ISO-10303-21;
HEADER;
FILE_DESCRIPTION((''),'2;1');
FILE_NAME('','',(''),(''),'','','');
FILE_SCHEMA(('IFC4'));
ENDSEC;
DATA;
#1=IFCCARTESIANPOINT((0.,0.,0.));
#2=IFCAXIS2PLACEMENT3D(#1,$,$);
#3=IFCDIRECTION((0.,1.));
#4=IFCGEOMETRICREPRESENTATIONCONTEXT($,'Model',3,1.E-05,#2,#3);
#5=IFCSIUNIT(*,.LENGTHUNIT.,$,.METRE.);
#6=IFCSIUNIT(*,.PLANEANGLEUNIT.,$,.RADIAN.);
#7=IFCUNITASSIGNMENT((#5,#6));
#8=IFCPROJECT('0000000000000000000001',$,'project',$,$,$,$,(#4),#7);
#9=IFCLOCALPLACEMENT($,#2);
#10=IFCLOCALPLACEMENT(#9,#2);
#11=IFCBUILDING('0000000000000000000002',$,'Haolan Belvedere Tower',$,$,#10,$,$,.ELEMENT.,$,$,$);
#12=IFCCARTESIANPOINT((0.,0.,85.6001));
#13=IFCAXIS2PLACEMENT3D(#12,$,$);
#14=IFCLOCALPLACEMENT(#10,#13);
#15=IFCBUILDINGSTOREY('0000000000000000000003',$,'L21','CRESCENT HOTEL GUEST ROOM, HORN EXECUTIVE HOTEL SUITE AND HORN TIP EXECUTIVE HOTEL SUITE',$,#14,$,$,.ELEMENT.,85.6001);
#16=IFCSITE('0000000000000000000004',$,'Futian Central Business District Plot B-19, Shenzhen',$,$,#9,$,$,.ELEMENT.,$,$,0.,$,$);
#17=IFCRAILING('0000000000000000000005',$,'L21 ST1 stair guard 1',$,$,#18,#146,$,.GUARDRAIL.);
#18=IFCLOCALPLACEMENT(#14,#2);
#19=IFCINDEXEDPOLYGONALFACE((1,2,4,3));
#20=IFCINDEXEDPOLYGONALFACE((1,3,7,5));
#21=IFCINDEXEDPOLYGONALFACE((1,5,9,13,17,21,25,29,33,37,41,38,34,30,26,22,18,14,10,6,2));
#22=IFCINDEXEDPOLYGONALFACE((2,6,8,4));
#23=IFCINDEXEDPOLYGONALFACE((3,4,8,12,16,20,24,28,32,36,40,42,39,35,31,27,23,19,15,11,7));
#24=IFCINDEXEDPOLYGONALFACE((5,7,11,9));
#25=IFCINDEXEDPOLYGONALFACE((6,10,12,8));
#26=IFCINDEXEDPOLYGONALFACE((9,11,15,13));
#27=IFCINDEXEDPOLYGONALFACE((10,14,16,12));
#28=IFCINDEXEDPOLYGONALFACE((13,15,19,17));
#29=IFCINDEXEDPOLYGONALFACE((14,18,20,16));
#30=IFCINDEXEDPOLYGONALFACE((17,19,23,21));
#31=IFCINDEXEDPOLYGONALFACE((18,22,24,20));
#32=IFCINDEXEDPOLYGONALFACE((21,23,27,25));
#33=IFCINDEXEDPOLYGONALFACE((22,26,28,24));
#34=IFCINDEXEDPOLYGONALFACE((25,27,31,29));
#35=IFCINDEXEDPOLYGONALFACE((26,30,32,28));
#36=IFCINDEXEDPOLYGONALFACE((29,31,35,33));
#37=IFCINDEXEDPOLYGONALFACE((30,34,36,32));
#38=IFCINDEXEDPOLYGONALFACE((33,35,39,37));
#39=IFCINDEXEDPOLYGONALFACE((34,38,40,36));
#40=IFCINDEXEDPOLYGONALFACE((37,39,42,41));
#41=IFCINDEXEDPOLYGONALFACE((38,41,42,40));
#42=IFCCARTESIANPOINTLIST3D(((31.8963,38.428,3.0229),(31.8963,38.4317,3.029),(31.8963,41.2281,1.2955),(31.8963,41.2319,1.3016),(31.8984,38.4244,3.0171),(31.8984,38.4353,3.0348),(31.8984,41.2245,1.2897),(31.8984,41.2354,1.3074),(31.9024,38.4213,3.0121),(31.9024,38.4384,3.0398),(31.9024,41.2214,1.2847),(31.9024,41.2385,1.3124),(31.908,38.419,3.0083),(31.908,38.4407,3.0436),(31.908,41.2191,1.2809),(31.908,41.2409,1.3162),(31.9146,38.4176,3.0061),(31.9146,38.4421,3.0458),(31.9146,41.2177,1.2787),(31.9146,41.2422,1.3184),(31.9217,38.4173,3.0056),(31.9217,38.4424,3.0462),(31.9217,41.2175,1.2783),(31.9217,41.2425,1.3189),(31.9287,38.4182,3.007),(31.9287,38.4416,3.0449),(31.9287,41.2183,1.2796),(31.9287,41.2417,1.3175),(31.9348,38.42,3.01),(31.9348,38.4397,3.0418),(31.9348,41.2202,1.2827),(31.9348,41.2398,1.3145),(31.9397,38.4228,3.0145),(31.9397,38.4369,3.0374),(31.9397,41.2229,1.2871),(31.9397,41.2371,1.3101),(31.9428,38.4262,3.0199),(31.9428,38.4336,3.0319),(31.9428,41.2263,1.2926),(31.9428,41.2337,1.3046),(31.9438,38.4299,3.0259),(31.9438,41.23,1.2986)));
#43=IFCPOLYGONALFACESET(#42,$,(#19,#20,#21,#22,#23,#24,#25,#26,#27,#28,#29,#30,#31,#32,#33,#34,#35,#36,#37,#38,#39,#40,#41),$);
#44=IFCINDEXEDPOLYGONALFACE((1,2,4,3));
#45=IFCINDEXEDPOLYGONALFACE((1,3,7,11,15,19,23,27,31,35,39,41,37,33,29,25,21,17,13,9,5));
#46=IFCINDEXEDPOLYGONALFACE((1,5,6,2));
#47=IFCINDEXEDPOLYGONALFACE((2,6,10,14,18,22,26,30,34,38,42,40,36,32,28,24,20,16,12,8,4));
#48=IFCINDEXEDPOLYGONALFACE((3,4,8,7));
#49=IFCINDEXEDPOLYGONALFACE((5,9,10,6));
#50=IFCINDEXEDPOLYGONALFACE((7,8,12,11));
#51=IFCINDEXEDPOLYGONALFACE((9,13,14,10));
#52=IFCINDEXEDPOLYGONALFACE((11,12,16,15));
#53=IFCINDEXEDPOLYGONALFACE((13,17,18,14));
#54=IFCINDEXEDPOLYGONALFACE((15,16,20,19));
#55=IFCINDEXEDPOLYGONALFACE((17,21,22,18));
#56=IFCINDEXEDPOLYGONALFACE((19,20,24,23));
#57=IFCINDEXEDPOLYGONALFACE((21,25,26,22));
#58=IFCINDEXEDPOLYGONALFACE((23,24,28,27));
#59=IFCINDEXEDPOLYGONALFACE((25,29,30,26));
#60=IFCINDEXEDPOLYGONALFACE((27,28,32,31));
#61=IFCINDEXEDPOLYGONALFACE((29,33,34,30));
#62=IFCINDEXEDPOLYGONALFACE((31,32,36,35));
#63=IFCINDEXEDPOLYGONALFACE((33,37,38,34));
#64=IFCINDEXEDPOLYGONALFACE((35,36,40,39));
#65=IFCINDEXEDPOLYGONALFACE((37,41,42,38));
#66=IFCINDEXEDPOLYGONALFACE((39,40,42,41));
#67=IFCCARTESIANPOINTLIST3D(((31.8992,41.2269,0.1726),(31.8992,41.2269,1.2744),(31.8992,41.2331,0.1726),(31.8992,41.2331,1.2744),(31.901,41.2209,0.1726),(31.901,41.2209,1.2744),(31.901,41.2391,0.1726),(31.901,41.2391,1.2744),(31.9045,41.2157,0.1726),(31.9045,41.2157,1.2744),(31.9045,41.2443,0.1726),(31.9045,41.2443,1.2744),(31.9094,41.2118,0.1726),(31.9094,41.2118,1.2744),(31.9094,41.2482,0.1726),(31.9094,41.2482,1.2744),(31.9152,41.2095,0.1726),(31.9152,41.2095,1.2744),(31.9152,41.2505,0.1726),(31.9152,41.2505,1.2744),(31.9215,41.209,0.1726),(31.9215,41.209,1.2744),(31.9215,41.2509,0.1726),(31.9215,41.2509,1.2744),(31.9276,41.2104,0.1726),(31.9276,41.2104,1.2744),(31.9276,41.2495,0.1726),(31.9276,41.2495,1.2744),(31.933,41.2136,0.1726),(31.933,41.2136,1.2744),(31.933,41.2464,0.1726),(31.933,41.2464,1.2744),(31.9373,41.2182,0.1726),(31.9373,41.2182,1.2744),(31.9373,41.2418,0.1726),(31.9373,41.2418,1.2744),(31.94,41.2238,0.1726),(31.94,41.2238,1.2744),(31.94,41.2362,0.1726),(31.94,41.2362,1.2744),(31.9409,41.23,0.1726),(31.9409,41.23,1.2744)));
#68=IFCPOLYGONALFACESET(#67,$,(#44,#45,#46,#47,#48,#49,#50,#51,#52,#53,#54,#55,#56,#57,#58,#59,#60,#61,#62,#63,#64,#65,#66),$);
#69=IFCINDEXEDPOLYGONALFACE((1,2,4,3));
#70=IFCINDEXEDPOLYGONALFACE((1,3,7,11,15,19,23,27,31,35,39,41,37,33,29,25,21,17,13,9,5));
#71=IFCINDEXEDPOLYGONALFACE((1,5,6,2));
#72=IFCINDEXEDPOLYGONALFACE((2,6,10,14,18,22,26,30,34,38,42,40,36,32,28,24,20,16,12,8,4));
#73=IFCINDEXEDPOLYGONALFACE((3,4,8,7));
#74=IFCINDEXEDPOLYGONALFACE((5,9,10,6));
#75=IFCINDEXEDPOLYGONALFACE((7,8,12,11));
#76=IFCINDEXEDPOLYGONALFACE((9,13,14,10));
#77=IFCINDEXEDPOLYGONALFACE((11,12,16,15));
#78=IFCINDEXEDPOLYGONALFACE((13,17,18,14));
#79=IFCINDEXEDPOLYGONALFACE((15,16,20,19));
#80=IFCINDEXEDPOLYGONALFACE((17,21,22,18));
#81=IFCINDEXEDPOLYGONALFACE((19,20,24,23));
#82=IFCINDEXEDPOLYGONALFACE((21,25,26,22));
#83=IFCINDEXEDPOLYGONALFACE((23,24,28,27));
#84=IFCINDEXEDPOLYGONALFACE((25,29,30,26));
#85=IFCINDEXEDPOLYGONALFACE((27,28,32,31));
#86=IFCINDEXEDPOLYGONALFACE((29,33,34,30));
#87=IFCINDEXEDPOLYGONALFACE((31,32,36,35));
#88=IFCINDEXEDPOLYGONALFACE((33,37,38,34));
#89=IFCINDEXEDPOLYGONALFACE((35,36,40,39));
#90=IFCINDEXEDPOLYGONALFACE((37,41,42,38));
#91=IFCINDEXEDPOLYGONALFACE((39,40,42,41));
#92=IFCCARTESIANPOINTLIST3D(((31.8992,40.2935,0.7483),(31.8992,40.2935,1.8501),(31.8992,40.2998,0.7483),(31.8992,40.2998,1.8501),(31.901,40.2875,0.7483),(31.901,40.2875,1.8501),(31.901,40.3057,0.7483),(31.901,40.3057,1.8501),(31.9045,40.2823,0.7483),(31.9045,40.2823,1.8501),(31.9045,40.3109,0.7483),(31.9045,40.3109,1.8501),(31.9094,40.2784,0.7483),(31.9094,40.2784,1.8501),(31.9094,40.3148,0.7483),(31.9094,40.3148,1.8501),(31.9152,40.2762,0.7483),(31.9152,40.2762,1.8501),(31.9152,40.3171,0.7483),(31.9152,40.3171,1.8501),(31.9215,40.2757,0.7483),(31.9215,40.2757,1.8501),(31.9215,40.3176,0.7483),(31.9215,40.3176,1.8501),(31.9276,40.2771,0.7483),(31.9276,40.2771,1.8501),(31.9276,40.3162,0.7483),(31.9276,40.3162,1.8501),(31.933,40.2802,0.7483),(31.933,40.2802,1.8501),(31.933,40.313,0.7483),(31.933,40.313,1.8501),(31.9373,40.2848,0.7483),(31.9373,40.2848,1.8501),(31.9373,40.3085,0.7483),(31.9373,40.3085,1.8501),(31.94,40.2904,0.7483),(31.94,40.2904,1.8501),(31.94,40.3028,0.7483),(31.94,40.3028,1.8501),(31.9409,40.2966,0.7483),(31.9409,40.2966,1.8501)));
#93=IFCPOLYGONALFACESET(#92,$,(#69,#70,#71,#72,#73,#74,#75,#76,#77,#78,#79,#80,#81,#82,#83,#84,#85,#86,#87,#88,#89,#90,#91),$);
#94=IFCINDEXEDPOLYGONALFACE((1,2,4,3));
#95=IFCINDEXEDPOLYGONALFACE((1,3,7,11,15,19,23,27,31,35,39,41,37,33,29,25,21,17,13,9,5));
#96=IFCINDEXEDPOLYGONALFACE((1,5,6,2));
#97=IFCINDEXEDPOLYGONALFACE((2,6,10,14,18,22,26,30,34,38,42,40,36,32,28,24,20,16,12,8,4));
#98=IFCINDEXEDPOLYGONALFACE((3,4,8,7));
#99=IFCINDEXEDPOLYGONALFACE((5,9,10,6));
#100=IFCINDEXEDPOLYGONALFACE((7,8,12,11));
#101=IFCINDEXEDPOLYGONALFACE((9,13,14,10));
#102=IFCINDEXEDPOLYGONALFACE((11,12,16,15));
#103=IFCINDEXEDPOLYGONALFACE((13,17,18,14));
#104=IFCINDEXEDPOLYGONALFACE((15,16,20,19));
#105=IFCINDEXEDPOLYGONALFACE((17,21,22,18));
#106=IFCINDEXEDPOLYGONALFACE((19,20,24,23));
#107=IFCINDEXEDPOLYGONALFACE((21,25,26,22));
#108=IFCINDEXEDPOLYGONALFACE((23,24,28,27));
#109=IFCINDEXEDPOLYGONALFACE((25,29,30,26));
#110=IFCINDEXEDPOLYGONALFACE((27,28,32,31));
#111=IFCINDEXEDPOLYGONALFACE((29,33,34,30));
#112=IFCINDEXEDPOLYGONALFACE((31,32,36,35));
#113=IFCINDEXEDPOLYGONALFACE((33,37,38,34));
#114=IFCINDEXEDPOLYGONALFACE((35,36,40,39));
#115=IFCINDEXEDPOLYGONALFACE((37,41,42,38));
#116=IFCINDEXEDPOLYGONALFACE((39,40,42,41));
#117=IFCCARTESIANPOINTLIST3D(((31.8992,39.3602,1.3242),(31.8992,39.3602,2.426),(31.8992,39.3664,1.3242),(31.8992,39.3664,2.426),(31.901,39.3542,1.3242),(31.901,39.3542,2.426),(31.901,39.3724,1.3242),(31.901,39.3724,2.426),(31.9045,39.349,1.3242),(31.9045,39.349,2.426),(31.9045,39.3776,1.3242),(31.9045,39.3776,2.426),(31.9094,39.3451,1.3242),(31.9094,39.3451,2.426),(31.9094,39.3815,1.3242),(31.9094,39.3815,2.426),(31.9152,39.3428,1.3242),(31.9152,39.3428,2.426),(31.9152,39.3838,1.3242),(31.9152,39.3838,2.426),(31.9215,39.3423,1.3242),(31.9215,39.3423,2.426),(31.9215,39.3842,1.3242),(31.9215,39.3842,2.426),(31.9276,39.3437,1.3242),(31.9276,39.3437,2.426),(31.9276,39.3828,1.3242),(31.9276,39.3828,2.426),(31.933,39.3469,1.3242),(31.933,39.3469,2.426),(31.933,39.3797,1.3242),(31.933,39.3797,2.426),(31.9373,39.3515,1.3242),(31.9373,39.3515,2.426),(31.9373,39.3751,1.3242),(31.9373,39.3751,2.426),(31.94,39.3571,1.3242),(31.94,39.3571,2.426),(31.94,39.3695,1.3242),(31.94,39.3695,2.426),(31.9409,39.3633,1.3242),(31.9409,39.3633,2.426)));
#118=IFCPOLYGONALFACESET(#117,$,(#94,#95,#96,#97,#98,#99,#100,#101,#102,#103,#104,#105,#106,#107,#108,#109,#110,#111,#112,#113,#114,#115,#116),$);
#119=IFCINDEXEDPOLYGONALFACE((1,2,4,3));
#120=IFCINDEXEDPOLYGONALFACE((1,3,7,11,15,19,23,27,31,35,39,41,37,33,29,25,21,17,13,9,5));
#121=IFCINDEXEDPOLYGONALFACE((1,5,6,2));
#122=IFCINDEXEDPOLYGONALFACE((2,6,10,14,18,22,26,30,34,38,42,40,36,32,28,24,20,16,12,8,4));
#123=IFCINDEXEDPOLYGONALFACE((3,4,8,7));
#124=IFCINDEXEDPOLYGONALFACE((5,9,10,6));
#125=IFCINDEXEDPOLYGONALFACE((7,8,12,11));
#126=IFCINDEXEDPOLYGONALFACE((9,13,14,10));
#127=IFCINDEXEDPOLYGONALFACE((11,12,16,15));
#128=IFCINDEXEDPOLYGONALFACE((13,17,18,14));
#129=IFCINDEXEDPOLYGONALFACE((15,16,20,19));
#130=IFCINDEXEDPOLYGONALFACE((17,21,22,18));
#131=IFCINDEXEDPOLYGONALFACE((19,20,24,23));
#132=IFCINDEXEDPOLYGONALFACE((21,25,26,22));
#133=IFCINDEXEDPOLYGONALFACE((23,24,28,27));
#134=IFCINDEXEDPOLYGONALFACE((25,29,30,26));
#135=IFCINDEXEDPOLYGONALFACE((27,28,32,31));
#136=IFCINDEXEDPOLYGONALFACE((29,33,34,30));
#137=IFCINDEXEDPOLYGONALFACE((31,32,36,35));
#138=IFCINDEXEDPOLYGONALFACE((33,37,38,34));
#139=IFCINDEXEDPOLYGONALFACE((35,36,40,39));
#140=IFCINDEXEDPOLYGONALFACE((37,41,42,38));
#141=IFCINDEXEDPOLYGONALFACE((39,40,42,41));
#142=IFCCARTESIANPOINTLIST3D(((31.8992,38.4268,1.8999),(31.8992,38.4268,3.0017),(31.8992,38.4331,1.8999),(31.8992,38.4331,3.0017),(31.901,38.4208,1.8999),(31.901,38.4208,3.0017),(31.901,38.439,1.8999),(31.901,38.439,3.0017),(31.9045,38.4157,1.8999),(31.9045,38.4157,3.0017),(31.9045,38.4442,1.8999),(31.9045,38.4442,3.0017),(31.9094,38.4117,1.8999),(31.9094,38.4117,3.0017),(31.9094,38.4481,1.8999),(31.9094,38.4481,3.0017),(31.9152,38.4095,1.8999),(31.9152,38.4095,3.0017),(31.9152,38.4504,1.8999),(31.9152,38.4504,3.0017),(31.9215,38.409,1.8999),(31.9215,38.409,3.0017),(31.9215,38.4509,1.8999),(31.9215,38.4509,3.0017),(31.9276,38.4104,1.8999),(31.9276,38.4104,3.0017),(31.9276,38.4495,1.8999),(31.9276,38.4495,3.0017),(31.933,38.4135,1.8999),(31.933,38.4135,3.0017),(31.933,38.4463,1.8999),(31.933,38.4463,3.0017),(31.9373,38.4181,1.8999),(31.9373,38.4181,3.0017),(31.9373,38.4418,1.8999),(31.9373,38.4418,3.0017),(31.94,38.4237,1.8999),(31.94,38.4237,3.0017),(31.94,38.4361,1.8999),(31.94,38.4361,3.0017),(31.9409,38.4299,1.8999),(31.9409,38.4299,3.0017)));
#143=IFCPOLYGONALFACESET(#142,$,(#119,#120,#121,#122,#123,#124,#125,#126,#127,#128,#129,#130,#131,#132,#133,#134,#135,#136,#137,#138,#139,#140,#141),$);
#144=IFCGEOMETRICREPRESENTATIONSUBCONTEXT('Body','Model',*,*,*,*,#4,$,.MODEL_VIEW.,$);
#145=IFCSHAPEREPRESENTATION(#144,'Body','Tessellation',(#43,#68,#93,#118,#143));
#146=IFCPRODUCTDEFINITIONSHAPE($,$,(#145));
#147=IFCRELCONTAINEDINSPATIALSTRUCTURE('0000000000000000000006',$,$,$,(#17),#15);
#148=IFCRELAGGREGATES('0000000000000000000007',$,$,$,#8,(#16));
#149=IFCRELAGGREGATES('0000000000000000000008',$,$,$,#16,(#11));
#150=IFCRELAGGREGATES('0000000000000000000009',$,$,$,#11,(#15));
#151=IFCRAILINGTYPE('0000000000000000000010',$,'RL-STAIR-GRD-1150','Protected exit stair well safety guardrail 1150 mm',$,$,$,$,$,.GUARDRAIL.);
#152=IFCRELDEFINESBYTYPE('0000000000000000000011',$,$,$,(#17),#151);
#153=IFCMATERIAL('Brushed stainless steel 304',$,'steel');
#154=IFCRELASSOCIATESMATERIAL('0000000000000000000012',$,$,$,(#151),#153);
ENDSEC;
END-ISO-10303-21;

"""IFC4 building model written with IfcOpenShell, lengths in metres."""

from ifc_helpers import new_model, si_unit, direction, frame, origin, origin_2d, place, context, subcontext, project, spatial, circle, extrude, material, type_object, element, save


model = new_model("IFC4")

# Units and contexts
model_context = context("Model", 3, precision=1e-05, world=origin(), true_north=direction((0.0, 1.0)))
body_context = subcontext(model_context, "Body", "Model", "MODEL_VIEW")
ifc_project = project(units=[si_unit("LENGTHUNIT", "METRE"), si_unit("PLANEANGLEUNIT", "RADIAN")], contexts=[model_context])

# Site, building, storey
site_placement = place(None, origin())
site = spatial("IfcSite", under=ifc_project, at=site_placement, Name="Futian Central Business District Plot B-19, Shenzhen", CompositionType="ELEMENT", RefElevation=0.0)
building_placement = place(site_placement, origin())
building = spatial("IfcBuilding", under=site, at=building_placement, Name="Haolan Belvedere Tower", CompositionType="ELEMENT")
storey_placement = place(building_placement, frame((0.0, 0.0, 85.6001)))
storey = spatial("IfcBuildingStorey", under=building, at=storey_placement, Name="L21", Description="CRESCENT HOTEL GUEST ROOM, HORN EXECUTIVE HOTEL SUITE AND HORN TIP EXECUTIVE HOTEL SUITE", CompositionType="ELEMENT", Elevation=85.6001)

# Railing
ifc_material_1 = material(Name="Brushed stainless steel 304", Category="steel")
railing_type_1 = type_object("IfcRailingType", Name="RL-STAIR-GRD-1150", Description="Protected exit stair well safety guardrail 1150 mm", PredefinedType="GUARDRAIL", material=ifc_material_1)
railing_1_placement = place(storey_placement, frame((31.9199, 41.23, 0.1726)))
element("IfcRailing", 1, at=railing_1_placement, inside=storey, type_object=railing_type_1, Name="L21 ST1 stair guard 1", PredefinedType="GUARDRAIL", context=body_context, shape_type="SweptSolid", body=[
    extrude(circle(Radius=0.0239, at=origin_2d()), frame((0.0, 0.0, 1.126), z_axis=(0.0, -0.85109, 0.52502), x_axis=(1.0, 0.0, 0.0)), (0.0, 0.0, 1.0), 3.29),
    extrude(circle(Radius=0.021, at=origin_2d()), origin(), (0.0, 0.0, 1.0), 1.1018),
    extrude(circle(Radius=0.021, at=origin_2d()), frame((0.0, -0.9333, 0.5757)), (0.0, 0.0, 1.0), 1.1018),
    extrude(circle(Radius=0.021, at=origin_2d()), frame((0.0, -1.8667, 1.1516)), (0.0, 0.0, 1.0), 1.1018),
    extrude(circle(Radius=0.021, at=origin_2d()), frame((0.0, -2.8, 1.7273)), (0.0, 0.0, 1.0), 1.1018),
])

save(model, "model.ifc")
